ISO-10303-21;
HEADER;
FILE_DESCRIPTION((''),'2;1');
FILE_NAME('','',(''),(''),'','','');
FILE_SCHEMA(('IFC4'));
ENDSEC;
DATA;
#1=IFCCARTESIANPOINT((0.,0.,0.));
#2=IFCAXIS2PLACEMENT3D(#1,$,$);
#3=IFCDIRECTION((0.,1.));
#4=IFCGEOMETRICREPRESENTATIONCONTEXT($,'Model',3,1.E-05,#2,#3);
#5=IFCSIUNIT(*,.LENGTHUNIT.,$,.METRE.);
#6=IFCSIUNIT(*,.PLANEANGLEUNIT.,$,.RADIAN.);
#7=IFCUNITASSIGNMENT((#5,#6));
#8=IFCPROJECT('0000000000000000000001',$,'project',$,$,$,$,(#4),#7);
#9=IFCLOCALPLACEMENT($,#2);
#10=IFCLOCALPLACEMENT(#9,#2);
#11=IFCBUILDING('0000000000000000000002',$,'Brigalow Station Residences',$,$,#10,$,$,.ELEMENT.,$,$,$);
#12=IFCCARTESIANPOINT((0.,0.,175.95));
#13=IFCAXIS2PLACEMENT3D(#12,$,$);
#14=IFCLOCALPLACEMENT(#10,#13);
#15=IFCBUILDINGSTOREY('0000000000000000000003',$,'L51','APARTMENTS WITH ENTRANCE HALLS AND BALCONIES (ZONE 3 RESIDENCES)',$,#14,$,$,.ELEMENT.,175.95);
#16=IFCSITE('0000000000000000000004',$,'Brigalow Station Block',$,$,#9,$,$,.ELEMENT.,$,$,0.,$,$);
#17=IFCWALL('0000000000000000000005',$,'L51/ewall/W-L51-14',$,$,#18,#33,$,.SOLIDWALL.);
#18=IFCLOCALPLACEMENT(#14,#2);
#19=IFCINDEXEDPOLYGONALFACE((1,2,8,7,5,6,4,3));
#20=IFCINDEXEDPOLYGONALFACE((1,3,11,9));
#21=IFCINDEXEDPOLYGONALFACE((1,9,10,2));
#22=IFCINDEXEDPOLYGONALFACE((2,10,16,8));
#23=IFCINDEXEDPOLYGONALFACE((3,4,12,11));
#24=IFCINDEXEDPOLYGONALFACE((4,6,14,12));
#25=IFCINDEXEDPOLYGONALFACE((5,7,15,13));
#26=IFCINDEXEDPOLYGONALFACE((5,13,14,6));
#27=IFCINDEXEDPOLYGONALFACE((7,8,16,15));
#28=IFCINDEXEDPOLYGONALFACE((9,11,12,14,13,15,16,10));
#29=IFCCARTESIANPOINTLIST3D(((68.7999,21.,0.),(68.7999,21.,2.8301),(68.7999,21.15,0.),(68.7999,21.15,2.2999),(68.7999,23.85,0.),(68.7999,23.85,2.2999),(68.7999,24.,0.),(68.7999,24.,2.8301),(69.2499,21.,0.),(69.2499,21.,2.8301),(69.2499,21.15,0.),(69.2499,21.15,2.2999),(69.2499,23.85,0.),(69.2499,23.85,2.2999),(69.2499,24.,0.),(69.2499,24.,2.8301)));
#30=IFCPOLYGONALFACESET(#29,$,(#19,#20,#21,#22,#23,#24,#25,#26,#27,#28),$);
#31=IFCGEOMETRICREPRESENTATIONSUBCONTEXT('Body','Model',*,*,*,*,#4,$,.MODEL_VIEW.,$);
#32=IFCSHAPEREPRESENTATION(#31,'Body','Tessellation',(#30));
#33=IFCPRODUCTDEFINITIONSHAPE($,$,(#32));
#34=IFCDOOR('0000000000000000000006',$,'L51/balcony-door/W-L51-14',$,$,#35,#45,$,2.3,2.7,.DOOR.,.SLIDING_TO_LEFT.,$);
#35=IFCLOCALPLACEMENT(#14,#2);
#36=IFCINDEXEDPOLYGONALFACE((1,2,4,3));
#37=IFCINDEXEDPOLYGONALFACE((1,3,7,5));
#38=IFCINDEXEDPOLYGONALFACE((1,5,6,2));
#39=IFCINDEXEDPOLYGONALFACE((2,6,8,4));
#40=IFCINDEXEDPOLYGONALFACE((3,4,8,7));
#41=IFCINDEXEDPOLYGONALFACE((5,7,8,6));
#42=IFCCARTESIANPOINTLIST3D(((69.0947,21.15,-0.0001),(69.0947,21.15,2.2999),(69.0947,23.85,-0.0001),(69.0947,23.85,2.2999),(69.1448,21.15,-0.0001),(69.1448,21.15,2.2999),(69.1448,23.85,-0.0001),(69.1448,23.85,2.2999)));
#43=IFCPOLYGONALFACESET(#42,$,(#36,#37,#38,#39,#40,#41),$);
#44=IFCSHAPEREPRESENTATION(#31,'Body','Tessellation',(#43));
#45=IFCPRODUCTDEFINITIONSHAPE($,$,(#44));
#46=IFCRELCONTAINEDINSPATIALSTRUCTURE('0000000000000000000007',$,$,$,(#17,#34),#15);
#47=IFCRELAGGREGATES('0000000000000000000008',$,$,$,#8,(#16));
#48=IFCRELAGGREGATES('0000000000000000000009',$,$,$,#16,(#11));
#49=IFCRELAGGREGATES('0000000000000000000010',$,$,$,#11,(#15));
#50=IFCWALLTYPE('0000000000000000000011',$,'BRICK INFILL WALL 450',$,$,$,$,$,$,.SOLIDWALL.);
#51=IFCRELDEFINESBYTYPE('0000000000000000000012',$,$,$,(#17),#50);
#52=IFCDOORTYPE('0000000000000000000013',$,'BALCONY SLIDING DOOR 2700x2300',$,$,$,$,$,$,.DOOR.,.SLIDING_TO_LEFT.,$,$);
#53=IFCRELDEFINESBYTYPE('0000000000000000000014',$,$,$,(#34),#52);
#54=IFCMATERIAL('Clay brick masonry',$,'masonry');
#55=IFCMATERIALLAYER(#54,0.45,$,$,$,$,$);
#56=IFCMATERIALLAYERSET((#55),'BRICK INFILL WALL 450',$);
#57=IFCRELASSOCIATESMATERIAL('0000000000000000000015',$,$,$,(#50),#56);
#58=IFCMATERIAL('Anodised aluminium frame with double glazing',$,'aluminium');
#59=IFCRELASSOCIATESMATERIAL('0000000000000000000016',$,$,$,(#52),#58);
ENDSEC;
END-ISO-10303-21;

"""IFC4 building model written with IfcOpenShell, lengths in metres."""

from ifc_helpers import new_model, si_unit, direction, frame, frame_2d, origin, place, context, subcontext, project, spatial, rectangle, extrude, material, layer, layer_set, type_object, element, fill, save


model = new_model("IFC4")

# Units and contexts
model_context = context("Model", 3, precision=1e-05, world=origin(), true_north=direction((0.0, 1.0)))
body_context = subcontext(model_context, "Body", "Model", "MODEL_VIEW")
ifc_project = project(units=[si_unit("LENGTHUNIT", "METRE"), si_unit("PLANEANGLEUNIT", "RADIAN")], contexts=[model_context])

# Site, building, storey
site_placement = place(None, origin())
site = spatial("IfcSite", under=ifc_project, at=site_placement, Name="Brigalow Station Block", CompositionType="ELEMENT", RefElevation=0.0)
building_placement = place(site_placement, origin())
building = spatial("IfcBuilding", under=site, at=building_placement, Name="Brigalow Station Residences", CompositionType="ELEMENT")
storey_placement = place(building_placement, frame((0.0, 0.0, 175.95)))
storey = spatial("IfcBuildingStorey", under=building, at=storey_placement, Name="L51", Description="APARTMENTS WITH ENTRANCE HALLS AND BALCONIES (ZONE 3 RESIDENCES)", CompositionType="ELEMENT", Elevation=175.95)

# Shared definitions
ifc_material_1 = material(Name="Clay brick masonry", Category="masonry")
ifc_layer = layer(ifc_material_1, 0.45)
ifc_layer_set = layer_set([ifc_layer], Name="BRICK INFILL WALL 450")
wall_type = type_object("IfcWallType", Name="BRICK INFILL WALL 450", PredefinedType="SOLIDWALL", material=ifc_layer_set)

# Wall, opening, door
wall_1_placement = place(storey_placement, frame((69.0249, 21.0, 0.0), z_axis=(0.0, 0.0, 1.0), x_axis=(0.0, 1.0, 0.0)))
wall_1 = element("IfcWall", 1, at=wall_1_placement, inside=storey, type_object=wall_type, Name="L51/ewall/W-L51-14", PredefinedType="SOLIDWALL", context=body_context, shape_type="SweptSolid", body=[
    extrude(rectangle(XDim=3.0, YDim=0.45, at=frame_2d((1.5, 0.0))), origin(), (0.0, 0.0, 1.0), 2.8301),
])
opening_1_placement = place(wall_1_placement, frame((0.1499, 0.0, 0.0)))
opening_1 = element("IfcOpeningElement", 2, at=opening_1_placement, cuts=wall_1, PredefinedType="OPENING", context=body_context, shape_type="SweptSolid", body=[
    extrude(rectangle(XDim=2.7, YDim=2.3, at=frame_2d((1.3501, 1.1499))), frame((0.0, 0.2349, 0.0), z_axis=(0.0, -1.0, 0.0), x_axis=(1.0, 0.0, 0.0)), (0.0, 0.0, 1.0), 0.47),
])
ifc_material_2 = material(Name="Anodised aluminium frame with double glazing", Category="aluminium")
door_type = type_object("IfcDoorType", Name="BALCONY SLIDING DOOR 2700x2300", OperationType="SLIDING_TO_LEFT", PredefinedType="DOOR", material=ifc_material_2)
door_placement = place(opening_1_placement, origin())
door = element("IfcDoor", 3, at=door_placement, inside=storey, type_object=door_type, Name="L51/balcony-door/W-L51-14", OperationType="SLIDING_TO_LEFT", OverallHeight=2.3, OverallWidth=2.7, PredefinedType="DOOR", context=body_context, shape_type="SweptSolid", body=[
    extrude(rectangle(XDim=2.7, YDim=2.3, at=frame_2d((1.3501, 1.1499))), frame((0.0, -0.0698, 0.0), z_axis=(0.0, -1.0, 0.0), x_axis=(1.0, 0.0, 0.0)), (0.0, 0.0, 1.0), 0.05),
])
fill(opening_1, door)

save(model, "model.ifc")
